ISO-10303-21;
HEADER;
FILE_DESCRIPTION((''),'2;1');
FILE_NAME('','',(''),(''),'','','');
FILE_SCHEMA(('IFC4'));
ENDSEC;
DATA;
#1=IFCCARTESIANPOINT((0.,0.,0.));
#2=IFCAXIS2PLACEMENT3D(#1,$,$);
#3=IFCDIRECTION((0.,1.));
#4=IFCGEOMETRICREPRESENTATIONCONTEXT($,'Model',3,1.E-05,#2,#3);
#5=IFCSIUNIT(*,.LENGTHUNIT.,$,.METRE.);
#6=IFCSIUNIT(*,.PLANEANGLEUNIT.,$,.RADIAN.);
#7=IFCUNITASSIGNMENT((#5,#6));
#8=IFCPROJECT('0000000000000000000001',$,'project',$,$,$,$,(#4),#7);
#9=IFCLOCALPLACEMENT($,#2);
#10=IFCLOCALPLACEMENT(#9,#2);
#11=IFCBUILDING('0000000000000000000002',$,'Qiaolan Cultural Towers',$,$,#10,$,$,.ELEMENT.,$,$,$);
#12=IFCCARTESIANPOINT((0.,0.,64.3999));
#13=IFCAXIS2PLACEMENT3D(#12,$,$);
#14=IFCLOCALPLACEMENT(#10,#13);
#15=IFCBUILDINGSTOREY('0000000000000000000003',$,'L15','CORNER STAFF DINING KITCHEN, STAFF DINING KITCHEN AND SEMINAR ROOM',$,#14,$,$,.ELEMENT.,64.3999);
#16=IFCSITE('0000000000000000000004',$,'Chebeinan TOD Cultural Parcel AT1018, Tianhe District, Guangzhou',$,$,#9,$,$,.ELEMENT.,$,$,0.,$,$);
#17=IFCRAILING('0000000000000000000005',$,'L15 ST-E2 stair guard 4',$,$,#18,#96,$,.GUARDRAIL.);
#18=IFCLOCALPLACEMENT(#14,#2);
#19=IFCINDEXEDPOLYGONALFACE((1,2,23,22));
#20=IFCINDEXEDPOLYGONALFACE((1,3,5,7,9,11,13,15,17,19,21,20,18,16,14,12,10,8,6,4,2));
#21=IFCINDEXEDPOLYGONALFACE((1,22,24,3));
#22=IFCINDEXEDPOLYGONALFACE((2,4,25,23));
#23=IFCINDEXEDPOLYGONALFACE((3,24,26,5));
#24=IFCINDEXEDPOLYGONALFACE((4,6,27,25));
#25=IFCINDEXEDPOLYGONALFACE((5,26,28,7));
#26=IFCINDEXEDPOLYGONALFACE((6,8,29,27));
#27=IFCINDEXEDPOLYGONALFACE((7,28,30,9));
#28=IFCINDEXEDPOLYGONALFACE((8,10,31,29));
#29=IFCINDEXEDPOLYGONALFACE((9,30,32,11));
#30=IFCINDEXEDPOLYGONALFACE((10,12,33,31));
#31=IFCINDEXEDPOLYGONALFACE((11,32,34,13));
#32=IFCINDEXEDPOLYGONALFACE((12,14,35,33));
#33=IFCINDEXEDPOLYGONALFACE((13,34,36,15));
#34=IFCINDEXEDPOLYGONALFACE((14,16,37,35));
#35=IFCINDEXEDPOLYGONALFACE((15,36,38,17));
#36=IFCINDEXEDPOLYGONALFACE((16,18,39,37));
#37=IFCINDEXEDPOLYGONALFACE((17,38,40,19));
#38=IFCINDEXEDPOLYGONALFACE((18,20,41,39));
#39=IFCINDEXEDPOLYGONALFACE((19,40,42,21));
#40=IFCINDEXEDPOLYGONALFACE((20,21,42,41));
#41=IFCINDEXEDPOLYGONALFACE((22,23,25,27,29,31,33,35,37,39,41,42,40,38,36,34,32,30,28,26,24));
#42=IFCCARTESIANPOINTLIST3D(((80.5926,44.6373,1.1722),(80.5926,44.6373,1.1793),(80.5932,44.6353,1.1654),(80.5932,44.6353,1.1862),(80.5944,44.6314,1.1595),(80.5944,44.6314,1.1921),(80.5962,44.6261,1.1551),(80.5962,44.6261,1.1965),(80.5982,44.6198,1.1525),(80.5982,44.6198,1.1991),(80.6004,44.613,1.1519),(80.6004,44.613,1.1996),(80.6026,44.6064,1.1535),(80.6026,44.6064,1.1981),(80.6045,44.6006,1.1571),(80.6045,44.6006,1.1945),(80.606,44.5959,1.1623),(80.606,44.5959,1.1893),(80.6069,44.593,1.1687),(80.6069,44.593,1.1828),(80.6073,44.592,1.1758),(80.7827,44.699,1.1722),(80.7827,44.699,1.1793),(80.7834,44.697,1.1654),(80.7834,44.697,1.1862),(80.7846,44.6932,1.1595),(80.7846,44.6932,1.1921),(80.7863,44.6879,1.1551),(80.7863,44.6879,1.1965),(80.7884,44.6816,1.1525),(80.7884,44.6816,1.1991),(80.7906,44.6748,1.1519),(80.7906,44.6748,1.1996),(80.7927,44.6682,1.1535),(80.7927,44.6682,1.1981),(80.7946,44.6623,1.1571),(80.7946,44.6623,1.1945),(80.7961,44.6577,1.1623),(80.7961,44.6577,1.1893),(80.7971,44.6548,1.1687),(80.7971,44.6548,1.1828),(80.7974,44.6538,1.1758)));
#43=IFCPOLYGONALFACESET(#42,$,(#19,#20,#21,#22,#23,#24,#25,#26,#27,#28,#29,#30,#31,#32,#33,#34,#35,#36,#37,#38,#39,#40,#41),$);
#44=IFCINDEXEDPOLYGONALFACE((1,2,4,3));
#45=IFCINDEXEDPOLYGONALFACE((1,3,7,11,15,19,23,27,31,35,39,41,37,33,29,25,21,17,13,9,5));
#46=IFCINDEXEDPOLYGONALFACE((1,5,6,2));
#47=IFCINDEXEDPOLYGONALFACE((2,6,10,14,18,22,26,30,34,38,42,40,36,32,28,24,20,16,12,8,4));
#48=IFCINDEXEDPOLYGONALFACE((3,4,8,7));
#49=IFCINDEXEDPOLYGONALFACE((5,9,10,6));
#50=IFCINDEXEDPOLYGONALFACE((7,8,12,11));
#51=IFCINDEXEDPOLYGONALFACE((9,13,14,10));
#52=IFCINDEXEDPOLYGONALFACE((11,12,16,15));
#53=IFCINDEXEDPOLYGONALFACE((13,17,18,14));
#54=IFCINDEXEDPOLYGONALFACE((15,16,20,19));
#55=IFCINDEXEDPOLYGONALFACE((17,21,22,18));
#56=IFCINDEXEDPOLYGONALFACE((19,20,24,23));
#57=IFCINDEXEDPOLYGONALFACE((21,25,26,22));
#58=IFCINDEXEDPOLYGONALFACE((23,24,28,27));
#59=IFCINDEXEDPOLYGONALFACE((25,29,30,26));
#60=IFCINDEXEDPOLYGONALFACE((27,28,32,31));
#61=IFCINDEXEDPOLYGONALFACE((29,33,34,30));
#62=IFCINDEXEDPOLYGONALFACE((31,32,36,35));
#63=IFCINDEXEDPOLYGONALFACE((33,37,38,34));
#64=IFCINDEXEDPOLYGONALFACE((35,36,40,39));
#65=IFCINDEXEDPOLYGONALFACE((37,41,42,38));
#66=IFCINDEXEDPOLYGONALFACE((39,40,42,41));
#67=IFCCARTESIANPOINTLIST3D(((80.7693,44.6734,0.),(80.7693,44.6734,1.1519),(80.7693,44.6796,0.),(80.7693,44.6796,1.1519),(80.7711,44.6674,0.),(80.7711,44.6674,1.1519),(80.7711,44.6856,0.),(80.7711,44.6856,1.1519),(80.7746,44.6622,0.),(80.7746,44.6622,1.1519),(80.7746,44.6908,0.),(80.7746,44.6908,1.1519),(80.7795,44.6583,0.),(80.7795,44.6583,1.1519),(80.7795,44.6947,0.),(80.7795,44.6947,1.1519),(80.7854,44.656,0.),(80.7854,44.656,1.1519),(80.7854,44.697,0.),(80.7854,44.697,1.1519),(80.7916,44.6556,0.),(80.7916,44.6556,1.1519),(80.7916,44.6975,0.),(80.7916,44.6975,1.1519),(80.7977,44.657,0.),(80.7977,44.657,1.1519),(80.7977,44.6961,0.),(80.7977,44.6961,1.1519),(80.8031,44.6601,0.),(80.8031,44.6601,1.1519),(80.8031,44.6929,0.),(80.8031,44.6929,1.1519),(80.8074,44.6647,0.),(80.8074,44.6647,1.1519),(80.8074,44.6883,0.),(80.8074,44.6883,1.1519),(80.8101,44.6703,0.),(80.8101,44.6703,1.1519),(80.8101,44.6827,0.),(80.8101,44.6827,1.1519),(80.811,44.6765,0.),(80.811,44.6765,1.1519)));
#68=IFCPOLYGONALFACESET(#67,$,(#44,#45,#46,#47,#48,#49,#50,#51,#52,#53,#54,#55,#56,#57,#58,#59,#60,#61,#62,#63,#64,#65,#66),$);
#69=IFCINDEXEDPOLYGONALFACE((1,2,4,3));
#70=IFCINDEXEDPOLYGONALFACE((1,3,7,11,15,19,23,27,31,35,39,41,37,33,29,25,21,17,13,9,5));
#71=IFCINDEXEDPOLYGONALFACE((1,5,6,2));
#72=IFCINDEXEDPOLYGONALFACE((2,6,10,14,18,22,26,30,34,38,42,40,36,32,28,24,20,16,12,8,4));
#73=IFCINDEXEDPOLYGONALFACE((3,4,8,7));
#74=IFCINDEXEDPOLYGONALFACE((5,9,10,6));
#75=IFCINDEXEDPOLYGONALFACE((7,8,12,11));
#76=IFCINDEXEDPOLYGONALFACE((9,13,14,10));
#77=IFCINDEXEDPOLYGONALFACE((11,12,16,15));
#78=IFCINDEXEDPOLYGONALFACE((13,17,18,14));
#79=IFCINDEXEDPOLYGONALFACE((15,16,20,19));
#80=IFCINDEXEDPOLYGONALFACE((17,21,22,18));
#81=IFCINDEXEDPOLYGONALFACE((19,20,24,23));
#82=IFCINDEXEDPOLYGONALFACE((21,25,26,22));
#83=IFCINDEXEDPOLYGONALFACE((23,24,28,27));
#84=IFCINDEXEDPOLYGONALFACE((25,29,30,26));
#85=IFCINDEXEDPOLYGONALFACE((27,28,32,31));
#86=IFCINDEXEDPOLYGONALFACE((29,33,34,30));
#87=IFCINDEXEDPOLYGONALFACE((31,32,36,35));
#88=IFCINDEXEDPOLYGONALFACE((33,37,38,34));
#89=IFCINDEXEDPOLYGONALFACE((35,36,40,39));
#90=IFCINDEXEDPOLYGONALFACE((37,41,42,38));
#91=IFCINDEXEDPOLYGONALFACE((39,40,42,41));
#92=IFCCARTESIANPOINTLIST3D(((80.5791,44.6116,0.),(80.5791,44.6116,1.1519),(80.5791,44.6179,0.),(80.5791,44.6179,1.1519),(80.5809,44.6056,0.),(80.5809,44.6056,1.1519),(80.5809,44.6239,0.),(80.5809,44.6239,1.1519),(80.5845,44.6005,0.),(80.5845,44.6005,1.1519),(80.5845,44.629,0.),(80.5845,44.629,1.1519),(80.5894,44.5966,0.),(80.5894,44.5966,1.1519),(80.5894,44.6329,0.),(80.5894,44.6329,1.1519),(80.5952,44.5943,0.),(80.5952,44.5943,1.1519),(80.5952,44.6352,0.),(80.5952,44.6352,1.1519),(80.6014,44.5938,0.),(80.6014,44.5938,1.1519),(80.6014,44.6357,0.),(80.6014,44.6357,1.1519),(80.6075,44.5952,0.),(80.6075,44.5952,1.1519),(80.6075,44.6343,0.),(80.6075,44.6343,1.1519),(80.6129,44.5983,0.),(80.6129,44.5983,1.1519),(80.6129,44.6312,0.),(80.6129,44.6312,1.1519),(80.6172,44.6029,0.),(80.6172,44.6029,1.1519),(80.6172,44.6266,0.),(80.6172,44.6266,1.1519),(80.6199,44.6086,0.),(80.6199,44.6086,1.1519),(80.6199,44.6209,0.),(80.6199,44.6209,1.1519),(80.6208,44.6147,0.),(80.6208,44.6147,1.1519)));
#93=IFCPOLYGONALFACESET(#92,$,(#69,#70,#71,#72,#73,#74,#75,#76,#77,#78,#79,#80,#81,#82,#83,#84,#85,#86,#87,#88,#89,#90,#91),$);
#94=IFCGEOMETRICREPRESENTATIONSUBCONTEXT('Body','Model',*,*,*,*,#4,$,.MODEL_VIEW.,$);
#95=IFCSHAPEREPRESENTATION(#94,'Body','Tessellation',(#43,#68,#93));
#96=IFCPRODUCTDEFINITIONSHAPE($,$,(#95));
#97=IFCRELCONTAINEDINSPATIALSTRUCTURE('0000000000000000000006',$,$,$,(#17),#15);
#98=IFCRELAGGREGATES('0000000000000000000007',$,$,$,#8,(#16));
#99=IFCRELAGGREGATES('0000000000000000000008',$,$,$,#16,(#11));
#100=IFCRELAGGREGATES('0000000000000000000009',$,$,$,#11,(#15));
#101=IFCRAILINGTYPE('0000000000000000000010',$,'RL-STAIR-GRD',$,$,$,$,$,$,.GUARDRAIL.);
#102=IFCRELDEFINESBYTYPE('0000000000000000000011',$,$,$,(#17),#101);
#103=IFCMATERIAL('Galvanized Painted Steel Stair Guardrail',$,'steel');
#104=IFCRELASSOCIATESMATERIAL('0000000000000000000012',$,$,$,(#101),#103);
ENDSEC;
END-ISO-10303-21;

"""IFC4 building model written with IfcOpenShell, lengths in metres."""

from ifc_helpers import new_model, si_unit, direction, frame, origin, origin_2d, place, context, subcontext, project, spatial, circle, extrude, material, type_object, element, save


model = new_model("IFC4")

# Units and contexts
model_context = context("Model", 3, precision=1e-05, world=origin(), true_north=direction((0.0, 1.0)))
body_context = subcontext(model_context, "Body", "Model", "MODEL_VIEW")
ifc_project = project(units=[si_unit("LENGTHUNIT", "METRE"), si_unit("PLANEANGLEUNIT", "RADIAN")], contexts=[model_context])

# Site, building, storey
site_placement = place(None, origin())
site = spatial("IfcSite", under=ifc_project, at=site_placement, Name="Chebeinan TOD Cultural Parcel AT1018, Tianhe District, Guangzhou", CompositionType="ELEMENT", RefElevation=0.0)
building_placement = place(site_placement, origin())
building = spatial("IfcBuilding", under=site, at=building_placement, Name="Qiaolan Cultural Towers", CompositionType="ELEMENT")
storey_placement = place(building_placement, frame((0.0, 0.0, 64.3999)))
storey = spatial("IfcBuildingStorey", under=building, at=storey_placement, Name="L15", Description="CORNER STAFF DINING KITCHEN, STAFF DINING KITCHEN AND SEMINAR ROOM", CompositionType="ELEMENT", Elevation=64.3999)

# Railing
ifc_material_1 = material(Name="Galvanized Painted Steel Stair Guardrail", Category="steel")
railing_type_1 = type_object("IfcRailingType", Name="RL-STAIR-GRD", PredefinedType="GUARDRAIL", material=ifc_material_1)
railing_1_placement = place(storey_placement, frame((80.79, 44.6765, 0.0)))
element("IfcRailing", 1, at=railing_1_placement, inside=storey, type_object=railing_type_1, Name="L15 ST-E2 stair guard 4", PredefinedType="GUARDRAIL", context=body_context, shape_type="SweptSolid", body=[
    extrude(circle(Radius=0.0239, at=origin_2d()), frame((0.0, 0.0, 1.1758), z_axis=(-0.951097, -0.308893, 0.0), x_axis=(0.308893, -0.951097, 0.0)), (0.0, 0.0, 1.0), 0.2),
    extrude(circle(Radius=0.021, at=origin_2d()), origin(), (0.0, 0.0, 1.0), 1.1519),
    extrude(circle(Radius=0.021, at=origin_2d()), frame((-0.1902, -0.0618, 0.0)), (0.0, 0.0, 1.0), 1.1519),
])

save(model, "model.ifc")
